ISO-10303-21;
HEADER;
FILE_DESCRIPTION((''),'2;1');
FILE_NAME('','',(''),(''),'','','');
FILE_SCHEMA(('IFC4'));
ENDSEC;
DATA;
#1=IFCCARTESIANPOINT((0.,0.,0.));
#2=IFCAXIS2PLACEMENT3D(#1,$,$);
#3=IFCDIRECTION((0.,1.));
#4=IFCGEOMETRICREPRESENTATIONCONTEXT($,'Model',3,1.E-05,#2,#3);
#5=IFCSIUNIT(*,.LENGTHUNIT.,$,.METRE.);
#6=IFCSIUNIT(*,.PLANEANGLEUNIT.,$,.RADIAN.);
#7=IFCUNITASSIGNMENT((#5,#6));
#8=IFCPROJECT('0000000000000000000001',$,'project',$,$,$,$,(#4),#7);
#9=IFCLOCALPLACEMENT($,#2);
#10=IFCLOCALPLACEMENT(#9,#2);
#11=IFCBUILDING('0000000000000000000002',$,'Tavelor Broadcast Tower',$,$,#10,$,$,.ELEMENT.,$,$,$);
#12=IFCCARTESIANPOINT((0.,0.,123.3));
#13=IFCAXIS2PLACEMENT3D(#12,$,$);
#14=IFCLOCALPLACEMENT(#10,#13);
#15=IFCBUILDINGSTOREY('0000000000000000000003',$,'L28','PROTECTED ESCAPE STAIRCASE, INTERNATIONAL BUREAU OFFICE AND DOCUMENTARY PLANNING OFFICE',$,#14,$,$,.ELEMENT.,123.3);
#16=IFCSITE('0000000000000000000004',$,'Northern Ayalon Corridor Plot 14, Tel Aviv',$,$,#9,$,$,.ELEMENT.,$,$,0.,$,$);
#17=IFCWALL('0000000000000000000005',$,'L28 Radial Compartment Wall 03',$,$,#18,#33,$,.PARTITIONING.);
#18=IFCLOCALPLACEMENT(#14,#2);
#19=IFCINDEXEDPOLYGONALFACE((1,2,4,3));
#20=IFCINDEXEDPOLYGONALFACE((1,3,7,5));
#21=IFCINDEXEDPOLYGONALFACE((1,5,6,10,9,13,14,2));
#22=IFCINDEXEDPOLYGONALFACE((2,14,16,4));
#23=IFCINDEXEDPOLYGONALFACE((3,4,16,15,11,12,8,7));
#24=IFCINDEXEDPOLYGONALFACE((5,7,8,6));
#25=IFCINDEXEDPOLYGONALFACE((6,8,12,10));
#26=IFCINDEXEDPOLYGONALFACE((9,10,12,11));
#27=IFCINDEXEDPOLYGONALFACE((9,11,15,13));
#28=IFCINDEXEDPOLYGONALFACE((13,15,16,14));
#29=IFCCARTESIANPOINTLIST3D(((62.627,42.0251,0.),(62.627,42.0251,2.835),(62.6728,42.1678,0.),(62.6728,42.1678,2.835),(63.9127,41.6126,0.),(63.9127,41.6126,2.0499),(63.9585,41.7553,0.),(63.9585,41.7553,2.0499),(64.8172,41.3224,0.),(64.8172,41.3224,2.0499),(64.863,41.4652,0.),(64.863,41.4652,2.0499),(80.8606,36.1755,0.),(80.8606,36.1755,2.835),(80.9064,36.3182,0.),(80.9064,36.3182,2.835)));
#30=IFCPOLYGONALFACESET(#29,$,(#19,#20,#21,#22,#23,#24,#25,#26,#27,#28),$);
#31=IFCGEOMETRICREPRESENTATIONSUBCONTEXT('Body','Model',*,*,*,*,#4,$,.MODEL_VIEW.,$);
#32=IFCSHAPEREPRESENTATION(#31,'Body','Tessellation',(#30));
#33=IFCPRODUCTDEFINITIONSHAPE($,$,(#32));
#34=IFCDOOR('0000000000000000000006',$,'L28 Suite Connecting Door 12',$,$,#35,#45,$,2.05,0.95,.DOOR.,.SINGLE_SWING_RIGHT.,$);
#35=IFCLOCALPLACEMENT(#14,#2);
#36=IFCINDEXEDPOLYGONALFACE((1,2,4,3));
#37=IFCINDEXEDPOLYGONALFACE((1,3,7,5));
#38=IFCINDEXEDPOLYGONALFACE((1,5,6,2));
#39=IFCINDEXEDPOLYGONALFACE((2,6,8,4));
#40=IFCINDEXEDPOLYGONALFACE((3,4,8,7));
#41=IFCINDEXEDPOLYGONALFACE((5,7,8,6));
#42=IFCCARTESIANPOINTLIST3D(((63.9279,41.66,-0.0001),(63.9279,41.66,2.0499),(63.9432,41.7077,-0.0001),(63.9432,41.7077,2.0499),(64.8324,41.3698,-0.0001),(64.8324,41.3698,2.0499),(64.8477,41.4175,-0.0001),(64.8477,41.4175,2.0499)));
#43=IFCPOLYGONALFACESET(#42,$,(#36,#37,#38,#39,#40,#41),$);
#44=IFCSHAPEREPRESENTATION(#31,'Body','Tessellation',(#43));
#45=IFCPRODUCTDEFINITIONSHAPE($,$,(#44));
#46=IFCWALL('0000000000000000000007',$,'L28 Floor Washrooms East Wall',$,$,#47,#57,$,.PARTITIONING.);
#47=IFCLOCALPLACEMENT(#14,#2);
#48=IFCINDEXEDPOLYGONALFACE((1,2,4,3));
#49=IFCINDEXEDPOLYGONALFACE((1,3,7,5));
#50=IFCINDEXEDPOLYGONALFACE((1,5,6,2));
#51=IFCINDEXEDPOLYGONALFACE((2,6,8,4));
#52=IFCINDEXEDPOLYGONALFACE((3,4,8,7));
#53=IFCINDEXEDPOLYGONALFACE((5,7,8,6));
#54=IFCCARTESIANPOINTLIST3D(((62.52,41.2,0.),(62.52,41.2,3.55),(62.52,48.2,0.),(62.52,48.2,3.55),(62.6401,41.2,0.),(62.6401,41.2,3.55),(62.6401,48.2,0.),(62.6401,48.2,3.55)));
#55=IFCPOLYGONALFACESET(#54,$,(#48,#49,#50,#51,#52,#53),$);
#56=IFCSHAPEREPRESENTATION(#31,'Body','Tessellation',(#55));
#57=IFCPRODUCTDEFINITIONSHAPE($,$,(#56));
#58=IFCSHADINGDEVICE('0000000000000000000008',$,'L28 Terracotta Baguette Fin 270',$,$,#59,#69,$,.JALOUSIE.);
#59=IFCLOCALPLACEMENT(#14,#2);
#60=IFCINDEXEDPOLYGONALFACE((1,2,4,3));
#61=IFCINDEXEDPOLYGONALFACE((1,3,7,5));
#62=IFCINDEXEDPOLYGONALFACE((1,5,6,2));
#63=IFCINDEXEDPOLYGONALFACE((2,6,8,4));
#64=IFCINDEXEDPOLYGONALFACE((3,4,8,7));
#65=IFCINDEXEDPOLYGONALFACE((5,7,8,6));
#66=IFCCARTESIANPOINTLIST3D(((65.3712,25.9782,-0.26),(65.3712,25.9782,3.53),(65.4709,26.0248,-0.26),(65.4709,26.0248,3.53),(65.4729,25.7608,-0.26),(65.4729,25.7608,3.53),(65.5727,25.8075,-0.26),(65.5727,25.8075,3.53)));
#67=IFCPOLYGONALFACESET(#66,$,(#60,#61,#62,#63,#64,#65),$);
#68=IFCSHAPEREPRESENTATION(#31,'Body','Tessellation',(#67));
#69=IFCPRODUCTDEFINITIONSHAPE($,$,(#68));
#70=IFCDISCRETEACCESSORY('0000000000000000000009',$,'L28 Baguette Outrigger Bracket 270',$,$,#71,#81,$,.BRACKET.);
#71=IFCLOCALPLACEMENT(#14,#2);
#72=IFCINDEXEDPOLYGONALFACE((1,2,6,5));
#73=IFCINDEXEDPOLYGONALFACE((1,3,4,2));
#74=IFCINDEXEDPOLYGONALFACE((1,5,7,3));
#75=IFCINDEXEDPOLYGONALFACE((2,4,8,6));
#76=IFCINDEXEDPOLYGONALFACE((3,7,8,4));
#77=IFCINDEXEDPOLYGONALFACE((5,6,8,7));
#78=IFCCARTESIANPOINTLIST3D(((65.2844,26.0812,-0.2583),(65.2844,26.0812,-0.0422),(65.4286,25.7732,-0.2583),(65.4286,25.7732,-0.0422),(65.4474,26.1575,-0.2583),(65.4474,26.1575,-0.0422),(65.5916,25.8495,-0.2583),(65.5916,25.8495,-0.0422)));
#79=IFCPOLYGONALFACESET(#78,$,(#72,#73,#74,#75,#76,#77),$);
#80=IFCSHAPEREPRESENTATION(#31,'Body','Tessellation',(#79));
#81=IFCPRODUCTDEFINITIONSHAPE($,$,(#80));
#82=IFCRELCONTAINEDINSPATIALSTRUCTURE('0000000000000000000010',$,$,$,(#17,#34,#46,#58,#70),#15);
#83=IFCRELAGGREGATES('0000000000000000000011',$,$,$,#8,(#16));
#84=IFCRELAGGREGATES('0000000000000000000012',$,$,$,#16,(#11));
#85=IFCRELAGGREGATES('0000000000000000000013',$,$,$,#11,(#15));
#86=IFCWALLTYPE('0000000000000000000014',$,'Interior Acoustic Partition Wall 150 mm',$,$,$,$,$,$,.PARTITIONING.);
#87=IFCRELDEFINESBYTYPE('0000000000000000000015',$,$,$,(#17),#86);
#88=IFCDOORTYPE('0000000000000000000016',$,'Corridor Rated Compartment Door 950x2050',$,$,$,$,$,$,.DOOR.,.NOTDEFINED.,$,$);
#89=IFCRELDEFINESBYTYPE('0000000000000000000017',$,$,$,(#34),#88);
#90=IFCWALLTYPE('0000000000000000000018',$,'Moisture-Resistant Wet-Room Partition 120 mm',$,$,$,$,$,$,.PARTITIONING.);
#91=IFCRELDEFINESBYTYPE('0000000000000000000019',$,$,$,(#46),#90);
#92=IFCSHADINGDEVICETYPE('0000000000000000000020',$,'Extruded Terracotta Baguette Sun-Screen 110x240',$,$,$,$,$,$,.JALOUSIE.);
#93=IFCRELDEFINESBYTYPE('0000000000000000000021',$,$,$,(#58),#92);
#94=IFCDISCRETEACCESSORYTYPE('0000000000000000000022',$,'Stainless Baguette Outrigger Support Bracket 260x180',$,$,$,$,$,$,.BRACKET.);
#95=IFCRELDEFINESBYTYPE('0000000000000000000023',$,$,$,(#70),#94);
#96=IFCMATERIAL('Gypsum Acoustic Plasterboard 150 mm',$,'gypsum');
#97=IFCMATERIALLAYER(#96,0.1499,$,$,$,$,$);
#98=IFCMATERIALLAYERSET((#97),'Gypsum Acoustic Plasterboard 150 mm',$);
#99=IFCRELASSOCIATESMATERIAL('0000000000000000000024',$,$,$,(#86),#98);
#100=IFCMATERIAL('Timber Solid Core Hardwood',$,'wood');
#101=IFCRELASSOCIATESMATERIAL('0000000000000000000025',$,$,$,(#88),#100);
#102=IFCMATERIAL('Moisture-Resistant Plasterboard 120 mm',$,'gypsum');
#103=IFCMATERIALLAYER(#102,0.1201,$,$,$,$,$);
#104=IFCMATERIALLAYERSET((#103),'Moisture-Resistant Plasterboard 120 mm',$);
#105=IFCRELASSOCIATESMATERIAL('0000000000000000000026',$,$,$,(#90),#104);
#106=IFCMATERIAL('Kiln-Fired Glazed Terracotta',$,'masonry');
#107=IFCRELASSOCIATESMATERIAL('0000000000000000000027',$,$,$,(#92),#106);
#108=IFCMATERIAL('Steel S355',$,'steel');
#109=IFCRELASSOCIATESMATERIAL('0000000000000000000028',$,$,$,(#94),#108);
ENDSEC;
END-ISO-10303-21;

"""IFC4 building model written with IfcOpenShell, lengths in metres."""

from ifc_helpers import new_model, si_unit, direction, frame, frame_2d, origin, origin_2d, place, context, subcontext, project, spatial, rectangle, extrude, source, transform, mapped, material, layer, layer_set, type_object, type_shapes, element, fill, save


model = new_model("IFC4")

# Units and contexts
model_context = context("Model", 3, precision=1e-05, world=origin(), true_north=direction((0.0, 1.0)))
body_context = subcontext(model_context, "Body", "Model", "MODEL_VIEW")
ifc_project = project(units=[si_unit("LENGTHUNIT", "METRE"), si_unit("PLANEANGLEUNIT", "RADIAN")], contexts=[model_context])

# Site, building, storey
site_placement = place(None, origin())
site = spatial("IfcSite", under=ifc_project, at=site_placement, Name="Northern Ayalon Corridor Plot 14, Tel Aviv", CompositionType="ELEMENT", RefElevation=0.0)
building_placement = place(site_placement, origin())
building = spatial("IfcBuilding", under=site, at=building_placement, Name="Tavelor Broadcast Tower", CompositionType="ELEMENT")
storey_placement = place(building_placement, frame((0.0, 0.0, 123.3)))
storey = spatial("IfcBuildingStorey", under=building, at=storey_placement, Name="L28", Description="PROTECTED ESCAPE STAIRCASE, INTERNATIONAL BUREAU OFFICE AND DOCUMENTARY PLANNING OFFICE", CompositionType="ELEMENT", Elevation=123.3)

# Shared definitions
ifc_material_1 = material(Name="Steel S355", Category="steel")

# Wall, opening, door
ifc_material_2 = material(Name="Gypsum Acoustic Plasterboard 150 mm", Category="gypsum")
ifc_layer_1 = layer(ifc_material_2, 0.1499)
ifc_layer_set_1 = layer_set([ifc_layer_1], Name="Gypsum Acoustic Plasterboard 150 mm")
wall_type_1 = type_object("IfcWallType", Name="Interior Acoustic Partition Wall 150 mm", PredefinedType="PARTITIONING", material=ifc_layer_set_1)
wall_1_placement = place(storey_placement, frame((62.6499, 42.0964, 0.0), z_axis=(0.0, 0.0, 1.0), x_axis=(0.952199, -0.305479, 0.0)))
wall_1 = element("IfcWall", 1, at=wall_1_placement, inside=storey, type_object=wall_type_1, Name="L28 Radial Compartment Wall 03", PredefinedType="PARTITIONING", context=body_context, shape_type="SweptSolid", body=[
    extrude(rectangle(XDim=19.1489, YDim=0.1499, at=frame_2d((9.5745, 0.0))), origin(), (0.0, 0.0, 1.0), 2.835),
])
opening_placement = place(wall_1_placement, frame((1.3501, 0.0, 0.0)))
opening = element("IfcOpeningElement", 2, at=opening_placement, cuts=wall_1, PredefinedType="OPENING", context=body_context, shape_type="SweptSolid", body=[
    extrude(rectangle(XDim=0.95, YDim=2.05, at=frame_2d((0.4751, 1.0249))), frame((0.0, 0.085, 0.0), z_axis=(0.0, -1.0, 0.0), x_axis=(1.0, 0.0, 0.0)), (0.0, 0.0, 1.0), 0.1699),
])
ifc_material_3 = material(Name="Timber Solid Core Hardwood", Category="wood")
door_type = type_object("IfcDoorType", Name="Corridor Rated Compartment Door 950x2050", OperationType="NOTDEFINED", PredefinedType="DOOR", material=ifc_material_3)
door_placement = place(opening_placement, origin())
door = element("IfcDoor", 3, at=door_placement, inside=storey, type_object=door_type, Name="L28 Suite Connecting Door 12", OperationType="SINGLE_SWING_RIGHT", OverallHeight=2.05, OverallWidth=0.95, PredefinedType="DOOR", context=body_context, shape_type="SweptSolid", body=[
    extrude(rectangle(XDim=0.95, YDim=2.05, at=frame_2d((0.4751, 1.0249))), frame((0.0, 0.0249, 0.0), z_axis=(0.0, -1.0, 0.0), x_axis=(1.0, 0.0, 0.0)), (0.0, 0.0, 1.0), 0.05),
])
fill(opening, door)

# Wall
ifc_material_4 = material(Name="Moisture-Resistant Plasterboard 120 mm", Category="gypsum")
ifc_layer_2 = layer(ifc_material_4, 0.1201)
ifc_layer_set_2 = layer_set([ifc_layer_2], Name="Moisture-Resistant Plasterboard 120 mm")
wall_type_2 = type_object("IfcWallType", Name="Moisture-Resistant Wet-Room Partition 120 mm", PredefinedType="PARTITIONING", material=ifc_layer_set_2)
wall_2_placement = place(storey_placement, frame((62.5801, 41.2, 0.0), z_axis=(0.0, 0.0, 1.0), x_axis=(0.0, 1.0, 0.0)))
element("IfcWall", 4, at=wall_2_placement, inside=storey, type_object=wall_type_2, Name="L28 Floor Washrooms East Wall", PredefinedType="PARTITIONING", context=body_context, shape_type="SweptSolid", body=[
    extrude(rectangle(XDim=7.0, YDim=0.1201, at=frame_2d((3.5, 0.0))), origin(), (0.0, 0.0, 1.0), 3.55),
])

# Shading device
ifc_material_5 = material(Name="Kiln-Fired Glazed Terracotta", Category="masonry")
shading_device_type = type_object("IfcShadingDeviceType", Name="Extruded Terracotta Baguette Sun-Screen 110x240", PredefinedType="JALOUSIE", material=ifc_material_5)
shared_shape_1 = source(origin(), body_context, "Body", "SweptSolid", [
    extrude(rectangle(XDim=0.1101, YDim=0.24, at=origin_2d()), origin(), (0.0, 0.0, 1.0), 3.79),
])
type_shapes(shading_device_type, [shared_shape_1])
shading_device_placement = place(storey_placement, frame((65.4719, 25.8928, -0.26), z_axis=(0.0, 0.0, 1.0), x_axis=(0.905717, 0.423883, 0.0)))
element("IfcShadingDevice", 5, at=shading_device_placement, inside=storey, type_object=shading_device_type, Name="L28 Terracotta Baguette Fin 270", PredefinedType="JALOUSIE", context=body_context, shape_type="MappedRepresentation", body=[
    mapped(shared_shape_1, transform((0.0, 0.0, 0.0), scale=1.0)),
])

# Discrete accessory
discrete_accessory_type = type_object("IfcDiscreteAccessoryType", Name="Stainless Baguette Outrigger Support Bracket 260x180", PredefinedType="BRACKET", material=ifc_material_1)
shared_shape_2 = source(origin(), body_context, "Body", "SweptSolid", [
    extrude(rectangle(XDim=0.1799, YDim=0.3401, at=origin_2d()), origin(), (0.0, 0.0, 1.0), 0.2161),
])
type_shapes(discrete_accessory_type, [shared_shape_2])
discrete_accessory_placement = place(storey_placement, frame((65.438, 25.9653, -0.2583), z_axis=(0.0, 0.0, 1.0), x_axis=(0.905717, 0.423883, 0.0)))
element("IfcDiscreteAccessory", 6, at=discrete_accessory_placement, inside=storey, type_object=discrete_accessory_type, Name="L28 Baguette Outrigger Bracket 270", PredefinedType="BRACKET", context=body_context, shape_type="MappedRepresentation", body=[
    mapped(shared_shape_2, transform((0.0, 0.0, 0.0), scale=1.0)),
])

save(model, "model.ifc")
